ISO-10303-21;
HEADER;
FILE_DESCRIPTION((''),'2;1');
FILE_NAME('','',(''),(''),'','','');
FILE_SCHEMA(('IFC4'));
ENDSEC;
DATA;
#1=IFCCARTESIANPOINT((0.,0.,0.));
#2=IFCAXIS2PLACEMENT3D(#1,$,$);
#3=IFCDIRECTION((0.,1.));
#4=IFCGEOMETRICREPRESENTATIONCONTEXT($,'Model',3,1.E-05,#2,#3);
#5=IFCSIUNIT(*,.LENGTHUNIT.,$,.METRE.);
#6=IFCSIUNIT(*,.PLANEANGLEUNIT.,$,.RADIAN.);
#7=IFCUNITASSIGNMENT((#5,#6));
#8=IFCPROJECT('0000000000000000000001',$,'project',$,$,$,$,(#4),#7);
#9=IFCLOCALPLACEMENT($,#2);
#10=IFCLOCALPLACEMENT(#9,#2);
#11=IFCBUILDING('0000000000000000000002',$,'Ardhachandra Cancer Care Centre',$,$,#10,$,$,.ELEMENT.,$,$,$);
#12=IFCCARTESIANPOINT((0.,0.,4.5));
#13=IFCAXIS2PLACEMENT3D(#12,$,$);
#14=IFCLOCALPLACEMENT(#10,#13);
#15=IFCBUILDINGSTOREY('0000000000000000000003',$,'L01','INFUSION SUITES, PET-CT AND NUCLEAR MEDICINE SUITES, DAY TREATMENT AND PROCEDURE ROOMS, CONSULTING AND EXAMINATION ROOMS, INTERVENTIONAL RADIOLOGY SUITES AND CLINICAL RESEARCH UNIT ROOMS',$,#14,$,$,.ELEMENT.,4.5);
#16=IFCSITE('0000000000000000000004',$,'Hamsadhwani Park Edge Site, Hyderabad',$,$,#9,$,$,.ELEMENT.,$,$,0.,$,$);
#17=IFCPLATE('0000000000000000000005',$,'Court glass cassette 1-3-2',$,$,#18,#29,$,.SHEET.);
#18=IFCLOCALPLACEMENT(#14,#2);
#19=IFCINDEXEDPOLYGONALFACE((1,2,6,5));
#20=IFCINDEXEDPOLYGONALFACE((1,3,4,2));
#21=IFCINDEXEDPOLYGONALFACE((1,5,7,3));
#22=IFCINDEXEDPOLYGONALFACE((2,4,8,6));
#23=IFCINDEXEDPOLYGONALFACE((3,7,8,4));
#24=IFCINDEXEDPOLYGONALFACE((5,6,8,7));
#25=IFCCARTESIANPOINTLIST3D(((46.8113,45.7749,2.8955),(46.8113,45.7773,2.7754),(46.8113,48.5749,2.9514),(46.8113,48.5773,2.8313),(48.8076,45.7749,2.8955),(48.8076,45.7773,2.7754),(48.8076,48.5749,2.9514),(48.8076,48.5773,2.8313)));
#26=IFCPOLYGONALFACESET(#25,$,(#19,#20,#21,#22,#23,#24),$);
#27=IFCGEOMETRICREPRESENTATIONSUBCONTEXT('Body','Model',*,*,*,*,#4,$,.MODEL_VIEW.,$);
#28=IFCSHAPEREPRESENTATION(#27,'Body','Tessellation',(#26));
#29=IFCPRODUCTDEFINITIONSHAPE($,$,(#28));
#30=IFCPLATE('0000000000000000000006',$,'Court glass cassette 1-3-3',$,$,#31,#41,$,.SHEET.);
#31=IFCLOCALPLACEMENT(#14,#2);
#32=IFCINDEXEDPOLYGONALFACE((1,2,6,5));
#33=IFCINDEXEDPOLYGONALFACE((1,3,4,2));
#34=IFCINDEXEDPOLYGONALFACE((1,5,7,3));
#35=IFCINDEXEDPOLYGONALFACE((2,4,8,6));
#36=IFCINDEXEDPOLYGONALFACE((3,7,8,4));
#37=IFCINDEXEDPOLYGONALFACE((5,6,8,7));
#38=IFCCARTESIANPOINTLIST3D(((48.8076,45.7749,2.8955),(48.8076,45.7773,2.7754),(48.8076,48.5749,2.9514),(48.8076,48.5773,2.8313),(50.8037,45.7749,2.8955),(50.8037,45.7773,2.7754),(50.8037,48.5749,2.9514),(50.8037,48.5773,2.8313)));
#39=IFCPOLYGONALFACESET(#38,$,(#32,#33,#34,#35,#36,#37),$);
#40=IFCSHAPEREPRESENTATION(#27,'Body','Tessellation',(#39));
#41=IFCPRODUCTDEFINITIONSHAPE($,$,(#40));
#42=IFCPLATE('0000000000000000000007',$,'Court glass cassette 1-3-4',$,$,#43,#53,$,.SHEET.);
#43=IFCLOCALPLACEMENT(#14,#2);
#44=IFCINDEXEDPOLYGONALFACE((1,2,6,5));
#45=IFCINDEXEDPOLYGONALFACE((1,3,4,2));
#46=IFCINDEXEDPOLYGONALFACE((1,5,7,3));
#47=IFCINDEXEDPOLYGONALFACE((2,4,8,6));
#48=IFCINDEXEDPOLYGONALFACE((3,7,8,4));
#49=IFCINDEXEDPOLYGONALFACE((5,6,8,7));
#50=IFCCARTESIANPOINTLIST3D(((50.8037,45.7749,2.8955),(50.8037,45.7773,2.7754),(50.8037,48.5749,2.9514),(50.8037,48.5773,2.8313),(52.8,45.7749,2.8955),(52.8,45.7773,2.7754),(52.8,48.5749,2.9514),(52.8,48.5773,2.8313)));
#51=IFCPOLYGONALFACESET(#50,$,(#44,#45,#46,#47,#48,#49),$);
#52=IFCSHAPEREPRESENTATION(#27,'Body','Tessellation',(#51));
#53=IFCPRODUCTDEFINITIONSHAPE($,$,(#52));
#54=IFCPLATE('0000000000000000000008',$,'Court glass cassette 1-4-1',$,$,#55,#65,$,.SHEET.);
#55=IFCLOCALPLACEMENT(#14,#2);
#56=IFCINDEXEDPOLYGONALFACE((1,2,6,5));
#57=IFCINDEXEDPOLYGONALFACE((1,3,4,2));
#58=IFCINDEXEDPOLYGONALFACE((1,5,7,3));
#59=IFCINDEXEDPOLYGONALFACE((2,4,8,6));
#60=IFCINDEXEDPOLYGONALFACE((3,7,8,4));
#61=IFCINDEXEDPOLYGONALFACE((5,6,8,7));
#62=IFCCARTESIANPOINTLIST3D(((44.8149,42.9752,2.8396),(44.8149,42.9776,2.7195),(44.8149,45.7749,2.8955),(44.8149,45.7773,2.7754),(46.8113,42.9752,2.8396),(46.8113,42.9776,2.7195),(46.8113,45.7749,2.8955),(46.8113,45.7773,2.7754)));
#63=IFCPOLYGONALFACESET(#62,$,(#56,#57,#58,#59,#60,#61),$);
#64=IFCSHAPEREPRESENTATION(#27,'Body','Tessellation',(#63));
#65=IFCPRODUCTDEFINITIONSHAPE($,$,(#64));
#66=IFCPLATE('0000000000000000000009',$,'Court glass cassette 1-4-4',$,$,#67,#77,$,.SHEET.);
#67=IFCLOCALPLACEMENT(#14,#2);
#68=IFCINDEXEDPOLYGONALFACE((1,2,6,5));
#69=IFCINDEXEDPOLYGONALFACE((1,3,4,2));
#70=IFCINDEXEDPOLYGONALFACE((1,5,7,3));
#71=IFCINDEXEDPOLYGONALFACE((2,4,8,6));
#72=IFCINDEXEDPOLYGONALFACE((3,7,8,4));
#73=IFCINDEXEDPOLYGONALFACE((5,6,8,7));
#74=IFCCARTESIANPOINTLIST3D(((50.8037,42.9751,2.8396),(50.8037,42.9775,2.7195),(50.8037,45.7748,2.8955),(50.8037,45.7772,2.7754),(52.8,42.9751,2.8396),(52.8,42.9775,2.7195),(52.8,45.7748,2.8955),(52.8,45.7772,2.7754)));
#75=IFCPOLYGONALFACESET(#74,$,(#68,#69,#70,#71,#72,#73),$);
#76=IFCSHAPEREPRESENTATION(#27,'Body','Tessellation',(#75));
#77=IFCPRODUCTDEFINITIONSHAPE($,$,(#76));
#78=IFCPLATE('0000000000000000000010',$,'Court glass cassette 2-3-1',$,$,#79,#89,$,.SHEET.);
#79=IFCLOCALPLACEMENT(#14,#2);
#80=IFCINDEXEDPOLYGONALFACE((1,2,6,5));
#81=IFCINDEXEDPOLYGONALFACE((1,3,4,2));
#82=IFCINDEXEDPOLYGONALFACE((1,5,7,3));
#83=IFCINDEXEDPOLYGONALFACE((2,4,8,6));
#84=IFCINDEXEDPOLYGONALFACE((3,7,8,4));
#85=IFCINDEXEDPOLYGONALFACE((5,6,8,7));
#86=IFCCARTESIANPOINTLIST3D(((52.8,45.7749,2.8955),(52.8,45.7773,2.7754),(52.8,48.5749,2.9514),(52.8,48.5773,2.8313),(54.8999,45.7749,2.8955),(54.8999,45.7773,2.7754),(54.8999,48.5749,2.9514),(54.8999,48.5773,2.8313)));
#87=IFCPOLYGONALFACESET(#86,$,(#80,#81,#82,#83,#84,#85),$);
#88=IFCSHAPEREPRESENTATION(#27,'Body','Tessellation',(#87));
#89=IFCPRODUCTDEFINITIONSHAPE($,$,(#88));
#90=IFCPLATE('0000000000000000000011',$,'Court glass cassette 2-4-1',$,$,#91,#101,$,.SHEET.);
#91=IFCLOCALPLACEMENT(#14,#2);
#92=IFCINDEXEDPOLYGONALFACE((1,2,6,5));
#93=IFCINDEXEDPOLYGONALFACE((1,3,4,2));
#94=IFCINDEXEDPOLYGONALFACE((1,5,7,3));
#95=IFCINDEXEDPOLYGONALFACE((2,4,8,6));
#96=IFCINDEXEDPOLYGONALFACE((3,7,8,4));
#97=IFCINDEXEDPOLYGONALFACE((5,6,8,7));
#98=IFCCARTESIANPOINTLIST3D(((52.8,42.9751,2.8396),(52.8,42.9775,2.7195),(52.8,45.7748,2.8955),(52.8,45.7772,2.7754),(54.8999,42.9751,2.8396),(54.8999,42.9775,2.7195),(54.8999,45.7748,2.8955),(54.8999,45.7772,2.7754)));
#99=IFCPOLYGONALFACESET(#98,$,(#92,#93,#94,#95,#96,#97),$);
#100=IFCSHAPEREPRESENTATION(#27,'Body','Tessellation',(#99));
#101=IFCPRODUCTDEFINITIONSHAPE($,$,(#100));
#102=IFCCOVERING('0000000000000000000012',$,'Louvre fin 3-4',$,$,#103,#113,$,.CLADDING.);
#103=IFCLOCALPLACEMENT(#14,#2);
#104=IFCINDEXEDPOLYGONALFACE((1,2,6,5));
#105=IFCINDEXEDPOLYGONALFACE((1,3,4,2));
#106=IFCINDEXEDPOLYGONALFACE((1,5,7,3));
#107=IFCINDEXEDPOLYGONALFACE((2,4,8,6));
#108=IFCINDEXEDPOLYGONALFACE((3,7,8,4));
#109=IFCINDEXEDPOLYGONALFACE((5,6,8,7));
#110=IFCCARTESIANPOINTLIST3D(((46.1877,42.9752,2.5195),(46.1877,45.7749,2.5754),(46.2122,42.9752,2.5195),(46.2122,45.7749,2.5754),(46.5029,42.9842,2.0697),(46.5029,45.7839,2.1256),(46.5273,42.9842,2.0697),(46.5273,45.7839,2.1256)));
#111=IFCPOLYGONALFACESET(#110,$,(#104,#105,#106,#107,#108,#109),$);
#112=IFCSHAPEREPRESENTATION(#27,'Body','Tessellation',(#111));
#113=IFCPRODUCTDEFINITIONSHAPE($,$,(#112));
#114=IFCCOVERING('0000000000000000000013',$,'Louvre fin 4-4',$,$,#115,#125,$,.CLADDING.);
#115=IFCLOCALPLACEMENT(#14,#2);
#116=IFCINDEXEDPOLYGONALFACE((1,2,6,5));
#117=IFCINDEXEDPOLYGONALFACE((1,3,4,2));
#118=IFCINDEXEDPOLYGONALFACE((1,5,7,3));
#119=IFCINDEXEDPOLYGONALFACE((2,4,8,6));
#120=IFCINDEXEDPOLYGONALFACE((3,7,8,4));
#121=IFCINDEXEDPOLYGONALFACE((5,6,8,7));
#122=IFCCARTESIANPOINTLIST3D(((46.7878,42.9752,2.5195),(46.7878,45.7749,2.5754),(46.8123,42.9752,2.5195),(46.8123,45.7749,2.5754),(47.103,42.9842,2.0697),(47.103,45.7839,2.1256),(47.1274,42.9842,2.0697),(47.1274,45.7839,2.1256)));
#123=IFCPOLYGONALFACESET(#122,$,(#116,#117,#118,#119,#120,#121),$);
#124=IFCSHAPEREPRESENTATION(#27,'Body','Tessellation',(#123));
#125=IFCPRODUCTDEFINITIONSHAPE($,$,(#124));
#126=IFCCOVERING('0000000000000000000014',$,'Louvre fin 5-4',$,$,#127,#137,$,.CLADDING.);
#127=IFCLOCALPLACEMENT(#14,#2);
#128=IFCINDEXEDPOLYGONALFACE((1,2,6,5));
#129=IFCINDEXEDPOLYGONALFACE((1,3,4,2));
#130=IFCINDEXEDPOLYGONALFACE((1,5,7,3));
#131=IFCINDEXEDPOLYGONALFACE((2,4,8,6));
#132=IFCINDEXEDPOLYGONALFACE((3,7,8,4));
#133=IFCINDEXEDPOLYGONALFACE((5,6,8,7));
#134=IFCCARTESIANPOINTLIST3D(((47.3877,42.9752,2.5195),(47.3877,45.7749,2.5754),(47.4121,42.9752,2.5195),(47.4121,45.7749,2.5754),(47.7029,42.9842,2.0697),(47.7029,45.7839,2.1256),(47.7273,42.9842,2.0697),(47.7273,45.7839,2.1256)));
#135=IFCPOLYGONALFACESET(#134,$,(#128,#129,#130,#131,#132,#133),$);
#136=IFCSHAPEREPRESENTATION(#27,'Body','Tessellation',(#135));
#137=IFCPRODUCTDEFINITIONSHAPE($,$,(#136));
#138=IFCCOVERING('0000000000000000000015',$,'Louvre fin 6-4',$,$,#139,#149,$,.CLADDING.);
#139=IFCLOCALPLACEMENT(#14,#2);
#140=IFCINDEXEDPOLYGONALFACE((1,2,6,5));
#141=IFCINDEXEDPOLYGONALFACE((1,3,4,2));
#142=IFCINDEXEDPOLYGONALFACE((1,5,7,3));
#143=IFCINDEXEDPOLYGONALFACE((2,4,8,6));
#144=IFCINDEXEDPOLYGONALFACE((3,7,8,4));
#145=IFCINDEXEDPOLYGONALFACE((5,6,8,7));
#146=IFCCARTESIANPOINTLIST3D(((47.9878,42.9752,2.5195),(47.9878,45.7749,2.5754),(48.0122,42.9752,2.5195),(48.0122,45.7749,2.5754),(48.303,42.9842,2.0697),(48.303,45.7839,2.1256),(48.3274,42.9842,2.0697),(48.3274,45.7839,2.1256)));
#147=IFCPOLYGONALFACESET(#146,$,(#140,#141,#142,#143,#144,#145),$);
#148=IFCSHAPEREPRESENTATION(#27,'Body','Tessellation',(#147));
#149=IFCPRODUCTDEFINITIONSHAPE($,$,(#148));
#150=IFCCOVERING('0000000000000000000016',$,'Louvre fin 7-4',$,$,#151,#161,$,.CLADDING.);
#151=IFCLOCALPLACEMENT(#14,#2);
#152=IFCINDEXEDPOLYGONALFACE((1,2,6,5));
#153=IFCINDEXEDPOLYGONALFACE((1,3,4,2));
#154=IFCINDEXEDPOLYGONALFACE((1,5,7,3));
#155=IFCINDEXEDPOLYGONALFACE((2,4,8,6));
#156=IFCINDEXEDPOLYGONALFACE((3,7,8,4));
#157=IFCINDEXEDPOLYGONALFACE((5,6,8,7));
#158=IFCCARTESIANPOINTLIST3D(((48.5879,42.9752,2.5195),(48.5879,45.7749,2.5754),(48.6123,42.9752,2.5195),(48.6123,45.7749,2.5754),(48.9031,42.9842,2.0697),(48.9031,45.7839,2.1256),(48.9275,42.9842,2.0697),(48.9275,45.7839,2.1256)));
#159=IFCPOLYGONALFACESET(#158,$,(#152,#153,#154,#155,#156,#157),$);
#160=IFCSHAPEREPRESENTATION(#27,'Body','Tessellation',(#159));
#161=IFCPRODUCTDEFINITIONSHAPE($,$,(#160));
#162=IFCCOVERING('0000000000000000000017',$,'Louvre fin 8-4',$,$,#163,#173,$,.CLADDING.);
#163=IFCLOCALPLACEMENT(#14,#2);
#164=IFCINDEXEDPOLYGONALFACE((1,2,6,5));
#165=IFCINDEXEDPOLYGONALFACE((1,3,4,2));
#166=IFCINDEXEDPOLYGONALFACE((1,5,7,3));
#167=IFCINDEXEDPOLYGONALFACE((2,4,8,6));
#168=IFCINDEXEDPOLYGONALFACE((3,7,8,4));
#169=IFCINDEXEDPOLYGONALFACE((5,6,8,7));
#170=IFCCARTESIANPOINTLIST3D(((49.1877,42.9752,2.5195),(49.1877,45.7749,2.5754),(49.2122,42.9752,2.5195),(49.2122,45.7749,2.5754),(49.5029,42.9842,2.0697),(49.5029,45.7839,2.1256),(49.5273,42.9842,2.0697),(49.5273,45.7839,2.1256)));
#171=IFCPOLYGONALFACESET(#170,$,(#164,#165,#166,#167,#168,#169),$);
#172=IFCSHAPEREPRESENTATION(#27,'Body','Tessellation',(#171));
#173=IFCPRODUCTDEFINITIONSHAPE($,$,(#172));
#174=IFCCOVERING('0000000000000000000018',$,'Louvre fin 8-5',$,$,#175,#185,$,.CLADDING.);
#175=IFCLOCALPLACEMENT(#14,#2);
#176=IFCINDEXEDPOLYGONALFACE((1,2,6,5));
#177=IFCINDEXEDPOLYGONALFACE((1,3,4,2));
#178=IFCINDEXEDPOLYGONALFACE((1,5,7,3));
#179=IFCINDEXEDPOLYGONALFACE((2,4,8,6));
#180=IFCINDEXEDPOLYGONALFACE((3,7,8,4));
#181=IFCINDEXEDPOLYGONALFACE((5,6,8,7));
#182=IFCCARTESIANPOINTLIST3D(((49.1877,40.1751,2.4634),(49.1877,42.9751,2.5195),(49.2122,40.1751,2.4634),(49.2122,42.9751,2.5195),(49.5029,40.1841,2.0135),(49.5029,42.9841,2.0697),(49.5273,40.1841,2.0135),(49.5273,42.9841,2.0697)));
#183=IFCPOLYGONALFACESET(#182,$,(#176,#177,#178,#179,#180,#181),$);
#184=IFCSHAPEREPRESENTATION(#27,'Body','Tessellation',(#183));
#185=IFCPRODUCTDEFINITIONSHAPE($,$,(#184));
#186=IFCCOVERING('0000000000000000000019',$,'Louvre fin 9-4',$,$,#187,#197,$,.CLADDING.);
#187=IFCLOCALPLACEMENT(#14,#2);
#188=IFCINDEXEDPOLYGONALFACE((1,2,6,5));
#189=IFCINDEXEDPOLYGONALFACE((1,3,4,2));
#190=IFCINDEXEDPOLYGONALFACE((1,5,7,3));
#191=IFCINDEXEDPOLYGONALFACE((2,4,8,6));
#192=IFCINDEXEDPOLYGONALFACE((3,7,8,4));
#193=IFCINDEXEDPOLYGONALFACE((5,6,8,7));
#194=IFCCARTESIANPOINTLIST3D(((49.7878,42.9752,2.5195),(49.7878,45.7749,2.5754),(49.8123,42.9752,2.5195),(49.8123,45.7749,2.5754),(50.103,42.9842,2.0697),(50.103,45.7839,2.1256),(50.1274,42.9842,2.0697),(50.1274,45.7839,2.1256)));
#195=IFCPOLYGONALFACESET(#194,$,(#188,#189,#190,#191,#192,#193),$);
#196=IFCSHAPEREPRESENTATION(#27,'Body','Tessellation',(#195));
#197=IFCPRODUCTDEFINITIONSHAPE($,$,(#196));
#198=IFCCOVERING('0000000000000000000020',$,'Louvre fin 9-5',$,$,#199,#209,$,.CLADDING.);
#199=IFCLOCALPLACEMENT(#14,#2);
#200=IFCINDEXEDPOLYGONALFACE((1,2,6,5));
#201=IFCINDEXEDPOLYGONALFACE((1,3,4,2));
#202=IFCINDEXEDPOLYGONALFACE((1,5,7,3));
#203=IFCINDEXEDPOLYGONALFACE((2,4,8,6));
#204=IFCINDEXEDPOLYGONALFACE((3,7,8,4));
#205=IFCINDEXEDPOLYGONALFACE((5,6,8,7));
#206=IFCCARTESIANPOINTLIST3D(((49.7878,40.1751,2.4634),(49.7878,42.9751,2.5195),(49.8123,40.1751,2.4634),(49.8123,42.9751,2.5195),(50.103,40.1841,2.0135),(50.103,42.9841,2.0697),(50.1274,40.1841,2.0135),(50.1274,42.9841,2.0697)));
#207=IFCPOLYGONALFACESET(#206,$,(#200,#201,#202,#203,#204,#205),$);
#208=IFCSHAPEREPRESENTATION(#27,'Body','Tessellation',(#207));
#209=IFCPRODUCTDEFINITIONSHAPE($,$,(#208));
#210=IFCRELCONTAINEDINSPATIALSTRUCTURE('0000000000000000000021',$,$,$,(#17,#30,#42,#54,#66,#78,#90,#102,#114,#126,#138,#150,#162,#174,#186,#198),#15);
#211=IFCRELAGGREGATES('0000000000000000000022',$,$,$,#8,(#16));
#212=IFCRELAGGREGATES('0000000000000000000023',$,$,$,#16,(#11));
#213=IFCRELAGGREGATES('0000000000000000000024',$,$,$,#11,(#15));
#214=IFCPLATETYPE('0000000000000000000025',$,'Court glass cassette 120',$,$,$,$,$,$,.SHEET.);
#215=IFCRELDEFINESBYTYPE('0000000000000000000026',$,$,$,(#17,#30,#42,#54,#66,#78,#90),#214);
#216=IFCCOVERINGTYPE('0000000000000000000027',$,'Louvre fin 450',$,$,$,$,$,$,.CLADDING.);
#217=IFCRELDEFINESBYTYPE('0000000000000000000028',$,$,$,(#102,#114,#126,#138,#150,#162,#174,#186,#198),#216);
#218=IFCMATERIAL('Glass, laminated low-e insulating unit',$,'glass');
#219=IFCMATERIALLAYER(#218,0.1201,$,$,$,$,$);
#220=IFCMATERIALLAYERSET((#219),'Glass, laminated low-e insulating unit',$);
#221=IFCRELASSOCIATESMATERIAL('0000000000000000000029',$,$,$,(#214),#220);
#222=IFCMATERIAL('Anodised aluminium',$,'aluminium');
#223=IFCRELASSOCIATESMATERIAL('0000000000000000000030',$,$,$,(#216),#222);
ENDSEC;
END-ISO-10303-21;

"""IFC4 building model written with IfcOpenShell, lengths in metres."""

from ifc_helpers import new_model, si_unit, direction, frame, origin, place, context, subcontext, project, spatial, polyline, outline, extrude, material, layer, layer_set, material_profile, profile_set, type_object, element, save


model = new_model("IFC4")

# Units and contexts
model_context = context("Model", 3, precision=1e-05, world=origin(), true_north=direction((0.0, 1.0)))
body_context = subcontext(model_context, "Body", "Model", "MODEL_VIEW")
ifc_project = project(units=[si_unit("LENGTHUNIT", "METRE"), si_unit("PLANEANGLEUNIT", "RADIAN")], contexts=[model_context])

# Site, building, storey
site_placement = place(None, origin())
site = spatial("IfcSite", under=ifc_project, at=site_placement, Name="Hamsadhwani Park Edge Site, Hyderabad", CompositionType="ELEMENT", RefElevation=0.0)
building_placement = place(site_placement, origin())
building = spatial("IfcBuilding", under=site, at=building_placement, Name="Ardhachandra Cancer Care Centre", CompositionType="ELEMENT")
storey_placement = place(building_placement, frame((0.0, 0.0, 4.5)))
storey = spatial("IfcBuildingStorey", under=building, at=storey_placement, Name="L01", Description="INFUSION SUITES, PET-CT AND NUCLEAR MEDICINE SUITES, DAY TREATMENT AND PROCEDURE ROOMS, CONSULTING AND EXAMINATION ROOMS, INTERVENTIONAL RADIOLOGY SUITES AND CLINICAL RESEARCH UNIT ROOMS", CompositionType="ELEMENT", Elevation=4.5)

# Plates
ifc_material_1 = material(Name="Glass, laminated low-e insulating unit", Category="glass")
ifc_layer = layer(ifc_material_1, 0.1201)
ifc_layer_set = layer_set([ifc_layer], Name="Glass, laminated low-e insulating unit")
plate_type = type_object("IfcPlateType", Name="Court glass cassette 120", PredefinedType="SHEET", material=ifc_layer_set)
plate_1_placement = place(storey_placement, frame((46.8113, 45.7749, 2.8955), z_axis=(0.0, -0.019963, 0.999801), x_axis=(0.0, 0.999801, 0.019963)))
element("IfcPlate", 1, at=plate_1_placement, inside=storey, type_object=plate_type, Name="Court glass cassette 1-3-2", PredefinedType="SHEET", context=body_context, shape_type="SweptSolid", body=[
    extrude(outline(polyline([(0.0, -1.9963), (2.8005, -1.9963), (2.8005, 0.0), (0.0, 0.0), (0.0, -1.9963)])), frame((0.0, 0.0, -0.1201)), (0.0, 0.0, 1.0), 0.1201),
])
plate_2_placement = place(storey_placement, frame((48.8076, 45.7749, 2.8955), z_axis=(0.0, -0.019963, 0.999801), x_axis=(0.0, 0.999801, 0.019963)))
element("IfcPlate", 2, at=plate_2_placement, inside=storey, type_object=plate_type, Name="Court glass cassette 1-3-3", PredefinedType="SHEET", context=body_context, shape_type="SweptSolid", body=[
    extrude(outline(polyline([(0.0, -1.9961), (2.8005, -1.9961), (2.8005, 0.0), (0.0, 0.0), (0.0, -1.9961)])), frame((0.0, 0.0, -0.1201)), (0.0, 0.0, 1.0), 0.1201),
])
plate_3_placement = place(storey_placement, frame((50.8037, 45.7749, 2.8955), z_axis=(0.0, -0.019963, 0.999801), x_axis=(0.0, 0.999801, 0.019963)))
element("IfcPlate", 3, at=plate_3_placement, inside=storey, type_object=plate_type, Name="Court glass cassette 1-3-4", PredefinedType="SHEET", context=body_context, shape_type="SweptSolid", body=[
    extrude(outline(polyline([(0.0, -1.9963), (2.8005, -1.9963), (2.8005, 0.0), (0.0, 0.0), (0.0, -1.9963)])), frame((0.0, 0.0, -0.1201)), (0.0, 0.0, 1.0), 0.1201),
])
for number, where, z_axis, x_axis, name in (
    (4, (46.8113, 45.7749, 2.8955), (0.0, -0.019965, 0.999801), (0.0, -0.999801, -0.019965), "Court glass cassette 1-4-1"),
    (5, (50.8037, 42.9751, 2.8396), (0.0, -0.019965, 0.999801), (0.0, 0.999801, 0.019965), "Court glass cassette 1-4-4"),
):
    element("IfcPlate", number, at=place(storey_placement, frame(where, z_axis=z_axis, x_axis=x_axis)), inside=storey, type_object=plate_type, Name=name, PredefinedType="SHEET", context=body_context, shape_type="SweptSolid", body=[
        extrude(outline(polyline([(0.0, -1.9963), (2.8003, -1.9963), (2.8003, 0.0), (0.0, 0.0), (0.0, -1.9963)])), frame((0.0, 0.0, -0.1201)), (0.0, 0.0, 1.0), 0.1201),
    ])
plate_4_placement = place(storey_placement, frame((52.8, 45.7749, 2.8955), z_axis=(0.0, -0.019963, 0.999801), x_axis=(0.0, 0.999801, 0.019963)))
element("IfcPlate", 6, at=plate_4_placement, inside=storey, type_object=plate_type, Name="Court glass cassette 2-3-1", PredefinedType="SHEET", context=body_context, shape_type="SweptSolid", body=[
    extrude(outline(polyline([(0.0, -2.0999), (2.8005, -2.0999), (2.8005, 0.0), (0.0, 0.0), (0.0, -2.0999)])), frame((0.0, 0.0, -0.1201)), (0.0, 0.0, 1.0), 0.1201),
])
plate_5_placement = place(storey_placement, frame((52.8, 42.9751, 2.8396), z_axis=(0.0, -0.019965, 0.999801), x_axis=(0.0, 0.999801, 0.019965)))
element("IfcPlate", 7, at=plate_5_placement, inside=storey, type_object=plate_type, Name="Court glass cassette 2-4-1", PredefinedType="SHEET", context=body_context, shape_type="SweptSolid", body=[
    extrude(outline(polyline([(0.0, -2.0999), (2.8003, -2.0999), (2.8003, 0.0), (0.0, 0.0), (0.0, -2.0999)])), frame((0.0, 0.0, -0.1201)), (0.0, 0.0, 1.0), 0.1201),
])

# Coverings
ifc_material_2 = material(Name="Anodised aluminium", Category="aluminium")
ifc_material_profile_1 = material_profile(ifc_material_2, outline(polyline([(-0.0122, 0.0), (0.0122, 0.0), (0.3274, -0.45), (0.303, -0.45), (-0.0122, 0.0)])), Name="Louvre fin 450")
ifc_profile_set_1 = profile_set([ifc_material_profile_1], Name="Anodised aluminium")
covering_type = type_object("IfcCoveringType", Name="Louvre fin 450", PredefinedType="CLADDING", material=ifc_profile_set_1)
for number, where, z_axis, x_axis, name in (
    (8, (46.2, 45.7749, 2.5754), (0.0, -0.999801, -0.019965), (1.0, 0.0, 0.0), "Louvre fin 3-4"),
    (9, (46.8, 45.7749, 2.5754), (0.0, -0.999801, -0.019965), (1.0, 0.0, 0.0), "Louvre fin 4-4"),
    (10, (47.3999, 45.7749, 2.5754), (0.0, -0.999801, -0.019965), (1.0, 0.0, 0.0), "Louvre fin 5-4"),
    (11, (48.0, 45.7749, 2.5754), (0.0, -0.999801, -0.019965), (1.0, 0.0, 0.0), "Louvre fin 6-4"),
    (12, (48.6001, 45.7749, 2.5754), (0.0, -0.999801, -0.019965), (1.0, 0.0, 0.0), "Louvre fin 7-4"),
    (13, (49.2, 45.7749, 2.5754), (0.0, -0.999801, -0.019965), (1.0, 0.0, 0.0), "Louvre fin 8-4"),
):
    element("IfcCovering", number, at=place(storey_placement, frame(where, z_axis=z_axis, x_axis=x_axis)), inside=storey, type_object=covering_type, Name=name, PredefinedType="CLADDING", context=body_context, shape_type="SweptSolid", body=[
        extrude(outline(polyline([(-0.0122, 0.0), (0.0122, 0.0), (0.3274, -0.45), (0.303, -0.45), (-0.0122, 0.0)])), origin(), (0.0, 0.0, 1.0), 2.8003),
    ])
covering_1_placement = place(storey_placement, frame((49.2, 42.9751, 2.5195), z_axis=(0.0, -0.999799, -0.02005), x_axis=(1.0, 0.0, 0.0)))
element("IfcCovering", 14, at=covering_1_placement, inside=storey, type_object=covering_type, Name="Louvre fin 8-5", PredefinedType="CLADDING", context=body_context, shape_type="SweptSolid", body=[
    extrude(outline(polyline([(-0.0122, 0.0), (0.0122, 0.0), (0.3274, -0.45), (0.303, -0.45), (-0.0122, 0.0)])), origin(), (0.0, 0.0, 1.0), 2.8005),
])
covering_2_placement = place(storey_placement, frame((49.8, 45.7749, 2.5754), z_axis=(0.0, -0.999801, -0.019965), x_axis=(1.0, 0.0, 0.0)))
element("IfcCovering", 15, at=covering_2_placement, inside=storey, type_object=covering_type, Name="Louvre fin 9-4", PredefinedType="CLADDING", context=body_context, shape_type="SweptSolid", body=[
    extrude(outline(polyline([(-0.0122, 0.0), (0.0122, 0.0), (0.3274, -0.45), (0.303, -0.45), (-0.0122, 0.0)])), origin(), (0.0, 0.0, 1.0), 2.8003),
])
covering_3_placement = place(storey_placement, frame((49.8, 42.9751, 2.5195), z_axis=(0.0, -0.999799, -0.02005), x_axis=(1.0, 0.0, 0.0)))
element("IfcCovering", 16, at=covering_3_placement, inside=storey, type_object=covering_type, Name="Louvre fin 9-5", PredefinedType="CLADDING", context=body_context, shape_type="SweptSolid", body=[
    extrude(outline(polyline([(-0.0122, 0.0), (0.0122, 0.0), (0.3274, -0.45), (0.303, -0.45), (-0.0122, 0.0)])), origin(), (0.0, 0.0, 1.0), 2.8005),
])

save(model, "model.ifc")
